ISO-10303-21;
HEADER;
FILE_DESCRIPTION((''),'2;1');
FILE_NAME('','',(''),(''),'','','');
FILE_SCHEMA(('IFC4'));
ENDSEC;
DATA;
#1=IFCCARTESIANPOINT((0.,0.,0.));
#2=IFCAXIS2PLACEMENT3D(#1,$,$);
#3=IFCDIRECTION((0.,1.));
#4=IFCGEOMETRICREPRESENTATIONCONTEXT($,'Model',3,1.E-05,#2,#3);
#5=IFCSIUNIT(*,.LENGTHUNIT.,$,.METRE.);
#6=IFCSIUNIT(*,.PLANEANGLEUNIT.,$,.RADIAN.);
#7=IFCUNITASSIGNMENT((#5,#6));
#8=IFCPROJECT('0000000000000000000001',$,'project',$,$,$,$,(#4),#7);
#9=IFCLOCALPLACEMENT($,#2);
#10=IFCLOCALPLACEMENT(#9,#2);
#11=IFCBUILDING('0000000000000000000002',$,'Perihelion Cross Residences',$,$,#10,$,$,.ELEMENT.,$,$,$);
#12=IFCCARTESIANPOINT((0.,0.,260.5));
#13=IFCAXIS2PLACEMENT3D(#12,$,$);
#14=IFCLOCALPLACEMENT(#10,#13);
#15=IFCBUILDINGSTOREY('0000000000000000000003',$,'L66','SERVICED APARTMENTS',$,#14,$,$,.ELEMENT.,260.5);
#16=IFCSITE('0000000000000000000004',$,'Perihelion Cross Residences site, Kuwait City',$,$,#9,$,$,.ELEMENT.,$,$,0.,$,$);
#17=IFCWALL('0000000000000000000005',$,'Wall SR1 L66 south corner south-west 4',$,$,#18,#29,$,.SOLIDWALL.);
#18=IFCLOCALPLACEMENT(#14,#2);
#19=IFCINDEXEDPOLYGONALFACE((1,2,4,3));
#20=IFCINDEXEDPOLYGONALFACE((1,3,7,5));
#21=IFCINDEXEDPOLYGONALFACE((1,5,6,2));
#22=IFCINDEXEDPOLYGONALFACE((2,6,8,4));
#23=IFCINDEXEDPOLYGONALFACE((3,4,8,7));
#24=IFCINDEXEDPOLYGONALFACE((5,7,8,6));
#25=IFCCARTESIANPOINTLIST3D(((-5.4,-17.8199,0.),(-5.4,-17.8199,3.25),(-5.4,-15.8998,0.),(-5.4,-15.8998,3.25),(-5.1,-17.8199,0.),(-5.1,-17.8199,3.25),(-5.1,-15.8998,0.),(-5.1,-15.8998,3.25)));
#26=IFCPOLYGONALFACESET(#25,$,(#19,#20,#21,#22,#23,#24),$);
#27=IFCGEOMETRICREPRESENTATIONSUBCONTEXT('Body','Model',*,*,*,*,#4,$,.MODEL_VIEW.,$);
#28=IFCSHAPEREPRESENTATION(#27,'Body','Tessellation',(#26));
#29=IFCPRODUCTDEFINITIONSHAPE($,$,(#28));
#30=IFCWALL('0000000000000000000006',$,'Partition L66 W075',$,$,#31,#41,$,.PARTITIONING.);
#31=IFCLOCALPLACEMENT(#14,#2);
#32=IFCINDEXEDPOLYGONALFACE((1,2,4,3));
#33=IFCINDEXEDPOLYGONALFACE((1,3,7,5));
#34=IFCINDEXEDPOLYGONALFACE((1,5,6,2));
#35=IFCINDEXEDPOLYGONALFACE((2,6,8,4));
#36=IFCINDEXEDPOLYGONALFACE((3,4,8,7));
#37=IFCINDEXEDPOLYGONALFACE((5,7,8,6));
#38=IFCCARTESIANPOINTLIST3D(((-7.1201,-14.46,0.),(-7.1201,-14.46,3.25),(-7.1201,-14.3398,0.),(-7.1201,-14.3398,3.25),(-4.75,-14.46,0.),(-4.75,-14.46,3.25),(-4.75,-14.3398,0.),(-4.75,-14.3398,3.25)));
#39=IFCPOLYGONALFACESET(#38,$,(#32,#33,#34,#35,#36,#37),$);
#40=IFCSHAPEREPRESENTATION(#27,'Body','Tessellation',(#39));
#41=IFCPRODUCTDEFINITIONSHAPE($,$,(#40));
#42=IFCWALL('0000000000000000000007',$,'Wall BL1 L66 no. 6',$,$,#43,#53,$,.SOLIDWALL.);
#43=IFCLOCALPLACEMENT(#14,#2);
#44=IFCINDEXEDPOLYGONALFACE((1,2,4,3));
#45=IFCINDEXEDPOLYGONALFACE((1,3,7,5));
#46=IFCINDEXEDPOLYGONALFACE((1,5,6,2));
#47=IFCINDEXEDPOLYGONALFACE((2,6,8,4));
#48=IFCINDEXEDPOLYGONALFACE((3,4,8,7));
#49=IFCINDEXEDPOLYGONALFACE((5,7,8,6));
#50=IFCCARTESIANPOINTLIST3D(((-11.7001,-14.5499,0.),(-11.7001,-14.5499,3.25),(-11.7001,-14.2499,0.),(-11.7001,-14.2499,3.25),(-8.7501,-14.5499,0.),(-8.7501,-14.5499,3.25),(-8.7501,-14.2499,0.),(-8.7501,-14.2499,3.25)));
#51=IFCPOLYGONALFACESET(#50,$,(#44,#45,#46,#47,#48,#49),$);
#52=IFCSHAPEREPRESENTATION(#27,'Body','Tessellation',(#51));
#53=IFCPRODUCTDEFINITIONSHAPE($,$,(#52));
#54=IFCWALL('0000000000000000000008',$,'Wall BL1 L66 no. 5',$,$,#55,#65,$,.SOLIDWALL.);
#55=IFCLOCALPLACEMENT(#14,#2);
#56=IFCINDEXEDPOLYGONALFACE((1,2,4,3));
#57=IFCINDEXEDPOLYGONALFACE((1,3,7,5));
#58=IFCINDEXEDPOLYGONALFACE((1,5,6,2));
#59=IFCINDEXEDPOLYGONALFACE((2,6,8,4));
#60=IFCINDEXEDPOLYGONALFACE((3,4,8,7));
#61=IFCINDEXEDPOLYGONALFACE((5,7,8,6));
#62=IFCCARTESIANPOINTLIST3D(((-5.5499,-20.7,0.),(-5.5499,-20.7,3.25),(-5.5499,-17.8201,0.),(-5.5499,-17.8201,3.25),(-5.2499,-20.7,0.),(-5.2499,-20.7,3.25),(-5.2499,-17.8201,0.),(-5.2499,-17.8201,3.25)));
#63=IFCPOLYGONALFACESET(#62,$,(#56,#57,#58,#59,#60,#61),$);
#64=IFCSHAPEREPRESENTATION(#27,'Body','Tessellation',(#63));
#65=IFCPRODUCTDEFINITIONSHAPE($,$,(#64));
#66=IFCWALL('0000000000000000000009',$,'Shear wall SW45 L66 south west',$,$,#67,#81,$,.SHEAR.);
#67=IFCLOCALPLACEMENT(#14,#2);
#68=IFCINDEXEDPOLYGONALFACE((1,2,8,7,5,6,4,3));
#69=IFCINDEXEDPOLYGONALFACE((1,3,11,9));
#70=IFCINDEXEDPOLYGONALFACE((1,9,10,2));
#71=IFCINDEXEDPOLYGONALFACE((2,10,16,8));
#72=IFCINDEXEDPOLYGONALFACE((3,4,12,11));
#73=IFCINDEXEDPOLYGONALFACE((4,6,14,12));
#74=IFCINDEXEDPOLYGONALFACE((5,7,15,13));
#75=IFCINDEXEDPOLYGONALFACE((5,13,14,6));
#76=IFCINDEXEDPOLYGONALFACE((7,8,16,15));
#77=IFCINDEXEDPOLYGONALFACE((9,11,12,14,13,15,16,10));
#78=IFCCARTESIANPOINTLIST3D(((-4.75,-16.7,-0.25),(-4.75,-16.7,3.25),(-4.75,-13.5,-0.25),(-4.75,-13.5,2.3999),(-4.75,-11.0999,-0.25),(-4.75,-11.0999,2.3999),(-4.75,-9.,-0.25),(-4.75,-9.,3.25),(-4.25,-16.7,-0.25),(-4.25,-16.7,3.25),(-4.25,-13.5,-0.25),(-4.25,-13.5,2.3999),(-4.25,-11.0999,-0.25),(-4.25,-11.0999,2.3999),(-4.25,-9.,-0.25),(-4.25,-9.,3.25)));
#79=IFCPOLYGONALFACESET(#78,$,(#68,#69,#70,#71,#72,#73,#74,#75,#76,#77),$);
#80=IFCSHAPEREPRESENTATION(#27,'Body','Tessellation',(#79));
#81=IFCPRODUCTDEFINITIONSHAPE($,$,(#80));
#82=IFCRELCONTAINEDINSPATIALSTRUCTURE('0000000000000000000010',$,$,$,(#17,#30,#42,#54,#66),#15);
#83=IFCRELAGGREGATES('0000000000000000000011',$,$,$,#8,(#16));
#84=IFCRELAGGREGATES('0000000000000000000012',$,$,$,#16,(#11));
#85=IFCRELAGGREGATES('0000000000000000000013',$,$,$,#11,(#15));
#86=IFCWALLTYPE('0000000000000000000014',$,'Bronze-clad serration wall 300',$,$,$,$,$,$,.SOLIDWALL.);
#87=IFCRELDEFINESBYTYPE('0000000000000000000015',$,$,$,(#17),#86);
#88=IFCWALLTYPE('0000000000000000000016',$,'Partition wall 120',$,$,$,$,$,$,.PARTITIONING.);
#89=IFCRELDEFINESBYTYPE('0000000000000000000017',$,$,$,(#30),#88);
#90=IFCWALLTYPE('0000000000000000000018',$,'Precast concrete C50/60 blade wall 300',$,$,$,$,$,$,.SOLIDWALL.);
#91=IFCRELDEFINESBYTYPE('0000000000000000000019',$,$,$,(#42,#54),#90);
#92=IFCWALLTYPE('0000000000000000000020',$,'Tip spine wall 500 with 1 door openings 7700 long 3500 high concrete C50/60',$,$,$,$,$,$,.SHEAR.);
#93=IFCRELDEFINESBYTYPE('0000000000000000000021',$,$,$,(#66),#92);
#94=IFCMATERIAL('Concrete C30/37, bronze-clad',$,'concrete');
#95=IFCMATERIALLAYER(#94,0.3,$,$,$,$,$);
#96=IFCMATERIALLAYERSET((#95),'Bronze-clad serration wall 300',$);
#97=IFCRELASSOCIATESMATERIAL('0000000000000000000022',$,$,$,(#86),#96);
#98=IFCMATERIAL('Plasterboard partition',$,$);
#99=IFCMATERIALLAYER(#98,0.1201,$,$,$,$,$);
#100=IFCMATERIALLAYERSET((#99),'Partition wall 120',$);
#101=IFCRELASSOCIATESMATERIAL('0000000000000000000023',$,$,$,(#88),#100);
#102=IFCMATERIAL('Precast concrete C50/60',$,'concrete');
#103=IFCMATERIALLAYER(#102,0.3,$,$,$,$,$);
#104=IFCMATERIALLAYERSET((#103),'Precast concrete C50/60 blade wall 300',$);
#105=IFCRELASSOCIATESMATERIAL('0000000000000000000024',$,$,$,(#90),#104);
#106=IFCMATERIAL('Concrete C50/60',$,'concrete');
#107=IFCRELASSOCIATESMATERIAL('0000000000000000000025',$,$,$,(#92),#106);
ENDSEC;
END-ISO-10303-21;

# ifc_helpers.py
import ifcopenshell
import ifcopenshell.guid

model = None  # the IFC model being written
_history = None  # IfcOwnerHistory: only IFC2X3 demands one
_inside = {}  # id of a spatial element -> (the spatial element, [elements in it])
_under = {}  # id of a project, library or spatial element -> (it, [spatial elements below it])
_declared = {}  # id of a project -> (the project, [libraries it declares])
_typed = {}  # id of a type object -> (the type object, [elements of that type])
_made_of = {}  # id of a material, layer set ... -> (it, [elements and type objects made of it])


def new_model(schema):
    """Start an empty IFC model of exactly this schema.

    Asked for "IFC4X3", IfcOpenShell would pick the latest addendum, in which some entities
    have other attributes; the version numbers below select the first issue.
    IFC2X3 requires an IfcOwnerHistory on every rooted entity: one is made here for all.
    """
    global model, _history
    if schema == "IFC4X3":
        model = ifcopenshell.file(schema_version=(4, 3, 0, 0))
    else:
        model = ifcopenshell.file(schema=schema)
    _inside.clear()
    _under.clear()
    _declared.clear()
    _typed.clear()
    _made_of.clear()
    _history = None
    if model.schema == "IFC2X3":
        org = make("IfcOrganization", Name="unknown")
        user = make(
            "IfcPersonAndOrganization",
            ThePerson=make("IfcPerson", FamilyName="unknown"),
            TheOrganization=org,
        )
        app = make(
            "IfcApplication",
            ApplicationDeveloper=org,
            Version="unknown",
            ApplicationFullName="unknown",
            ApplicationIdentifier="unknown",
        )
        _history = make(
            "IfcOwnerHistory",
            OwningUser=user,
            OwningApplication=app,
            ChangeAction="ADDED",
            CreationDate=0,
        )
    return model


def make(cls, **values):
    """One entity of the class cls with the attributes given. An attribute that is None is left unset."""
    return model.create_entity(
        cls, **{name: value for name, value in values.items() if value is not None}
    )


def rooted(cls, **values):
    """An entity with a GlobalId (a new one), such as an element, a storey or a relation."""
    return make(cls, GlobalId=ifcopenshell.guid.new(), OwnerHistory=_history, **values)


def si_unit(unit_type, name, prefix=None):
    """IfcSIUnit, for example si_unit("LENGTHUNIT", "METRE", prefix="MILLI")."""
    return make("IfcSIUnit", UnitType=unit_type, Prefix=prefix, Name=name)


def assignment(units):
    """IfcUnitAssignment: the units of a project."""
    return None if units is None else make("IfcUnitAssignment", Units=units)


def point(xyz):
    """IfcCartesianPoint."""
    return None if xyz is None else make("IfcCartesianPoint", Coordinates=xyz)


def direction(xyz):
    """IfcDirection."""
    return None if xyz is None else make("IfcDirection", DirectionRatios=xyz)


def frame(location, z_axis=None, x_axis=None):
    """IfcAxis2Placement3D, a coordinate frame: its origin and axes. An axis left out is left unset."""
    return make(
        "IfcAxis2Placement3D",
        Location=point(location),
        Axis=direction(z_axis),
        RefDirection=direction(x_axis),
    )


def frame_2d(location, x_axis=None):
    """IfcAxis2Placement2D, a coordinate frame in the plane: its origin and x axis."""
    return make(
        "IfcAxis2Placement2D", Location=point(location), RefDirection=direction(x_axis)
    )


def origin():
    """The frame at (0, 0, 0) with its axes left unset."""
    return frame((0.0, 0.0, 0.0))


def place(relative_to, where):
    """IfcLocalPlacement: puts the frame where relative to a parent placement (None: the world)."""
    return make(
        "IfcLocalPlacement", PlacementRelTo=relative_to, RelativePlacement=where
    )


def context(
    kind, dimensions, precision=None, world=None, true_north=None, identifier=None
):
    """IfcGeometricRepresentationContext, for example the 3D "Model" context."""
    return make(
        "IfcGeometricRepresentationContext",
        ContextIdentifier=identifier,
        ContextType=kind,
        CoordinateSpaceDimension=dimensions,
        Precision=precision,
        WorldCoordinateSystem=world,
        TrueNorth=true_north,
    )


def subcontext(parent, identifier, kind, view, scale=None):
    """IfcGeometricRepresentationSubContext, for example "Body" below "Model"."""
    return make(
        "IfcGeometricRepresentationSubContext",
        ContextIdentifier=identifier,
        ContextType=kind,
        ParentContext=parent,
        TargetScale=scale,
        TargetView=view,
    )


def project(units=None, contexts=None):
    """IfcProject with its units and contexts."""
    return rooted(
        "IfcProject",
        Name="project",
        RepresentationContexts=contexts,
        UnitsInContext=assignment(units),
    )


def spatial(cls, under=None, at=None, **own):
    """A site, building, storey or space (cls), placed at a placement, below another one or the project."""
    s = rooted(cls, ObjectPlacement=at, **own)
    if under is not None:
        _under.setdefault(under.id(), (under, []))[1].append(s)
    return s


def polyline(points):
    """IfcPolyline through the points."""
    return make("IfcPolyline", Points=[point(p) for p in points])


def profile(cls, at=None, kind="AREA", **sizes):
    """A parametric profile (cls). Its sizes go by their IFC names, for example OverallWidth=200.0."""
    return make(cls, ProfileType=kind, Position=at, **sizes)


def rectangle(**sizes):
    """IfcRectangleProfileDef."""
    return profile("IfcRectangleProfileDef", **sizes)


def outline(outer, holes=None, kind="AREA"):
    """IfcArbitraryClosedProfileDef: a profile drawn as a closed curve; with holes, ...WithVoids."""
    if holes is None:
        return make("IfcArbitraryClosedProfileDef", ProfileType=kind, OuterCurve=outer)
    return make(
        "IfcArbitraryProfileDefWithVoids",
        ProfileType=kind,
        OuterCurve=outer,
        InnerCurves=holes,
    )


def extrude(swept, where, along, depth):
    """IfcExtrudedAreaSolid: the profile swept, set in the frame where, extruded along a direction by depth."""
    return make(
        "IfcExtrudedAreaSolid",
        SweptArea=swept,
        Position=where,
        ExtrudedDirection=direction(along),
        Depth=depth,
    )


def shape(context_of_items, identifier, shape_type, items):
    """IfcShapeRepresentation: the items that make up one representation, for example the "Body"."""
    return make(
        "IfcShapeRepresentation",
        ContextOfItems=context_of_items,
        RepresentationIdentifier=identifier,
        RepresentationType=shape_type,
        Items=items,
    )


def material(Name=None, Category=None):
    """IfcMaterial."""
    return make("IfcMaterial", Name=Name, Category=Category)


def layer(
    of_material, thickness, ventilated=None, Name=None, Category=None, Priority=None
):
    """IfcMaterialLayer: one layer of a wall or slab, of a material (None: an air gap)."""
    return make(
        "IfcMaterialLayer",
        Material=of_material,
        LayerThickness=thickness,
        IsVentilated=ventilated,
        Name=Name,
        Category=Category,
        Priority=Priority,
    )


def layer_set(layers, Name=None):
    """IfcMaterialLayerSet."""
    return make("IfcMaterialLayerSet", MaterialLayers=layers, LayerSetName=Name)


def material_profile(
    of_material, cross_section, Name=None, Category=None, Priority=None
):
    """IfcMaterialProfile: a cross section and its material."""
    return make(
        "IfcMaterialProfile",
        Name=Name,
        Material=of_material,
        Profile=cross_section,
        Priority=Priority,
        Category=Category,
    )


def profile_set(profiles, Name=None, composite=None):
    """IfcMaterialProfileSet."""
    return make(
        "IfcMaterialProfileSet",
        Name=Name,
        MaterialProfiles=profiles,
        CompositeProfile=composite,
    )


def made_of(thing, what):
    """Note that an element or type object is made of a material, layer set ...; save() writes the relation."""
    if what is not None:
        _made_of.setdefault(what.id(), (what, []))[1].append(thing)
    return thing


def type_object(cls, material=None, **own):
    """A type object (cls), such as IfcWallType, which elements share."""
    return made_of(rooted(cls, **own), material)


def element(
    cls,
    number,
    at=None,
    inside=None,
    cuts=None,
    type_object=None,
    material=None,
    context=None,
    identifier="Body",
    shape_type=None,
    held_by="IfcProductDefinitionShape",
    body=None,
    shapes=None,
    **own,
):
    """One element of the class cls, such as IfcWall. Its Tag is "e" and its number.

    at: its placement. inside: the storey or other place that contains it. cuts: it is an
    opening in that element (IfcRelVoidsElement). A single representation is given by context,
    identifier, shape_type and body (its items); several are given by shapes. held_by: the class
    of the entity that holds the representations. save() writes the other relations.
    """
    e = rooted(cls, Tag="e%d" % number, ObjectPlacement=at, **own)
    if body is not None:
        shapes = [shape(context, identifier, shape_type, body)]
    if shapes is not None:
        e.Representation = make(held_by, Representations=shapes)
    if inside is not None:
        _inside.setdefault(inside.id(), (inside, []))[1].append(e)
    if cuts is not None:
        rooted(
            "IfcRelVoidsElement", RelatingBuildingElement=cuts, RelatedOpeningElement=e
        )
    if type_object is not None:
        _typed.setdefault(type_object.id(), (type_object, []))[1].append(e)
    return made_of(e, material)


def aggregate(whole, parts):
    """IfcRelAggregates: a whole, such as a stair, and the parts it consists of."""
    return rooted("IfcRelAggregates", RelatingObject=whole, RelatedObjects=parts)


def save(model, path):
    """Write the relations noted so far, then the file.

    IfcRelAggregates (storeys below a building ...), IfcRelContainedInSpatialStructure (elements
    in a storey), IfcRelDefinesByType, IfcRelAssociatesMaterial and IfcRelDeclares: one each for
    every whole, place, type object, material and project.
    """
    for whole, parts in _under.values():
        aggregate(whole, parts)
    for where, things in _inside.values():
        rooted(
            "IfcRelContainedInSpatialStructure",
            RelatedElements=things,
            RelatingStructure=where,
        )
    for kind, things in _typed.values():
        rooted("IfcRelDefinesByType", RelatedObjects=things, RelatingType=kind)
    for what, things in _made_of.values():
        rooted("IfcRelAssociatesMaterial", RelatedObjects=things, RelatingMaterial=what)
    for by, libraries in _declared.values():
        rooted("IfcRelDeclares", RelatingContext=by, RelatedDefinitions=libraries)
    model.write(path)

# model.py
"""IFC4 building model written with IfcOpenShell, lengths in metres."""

from ifc_helpers import new_model, si_unit, direction, frame, frame_2d, origin, place, context, subcontext, project, spatial, polyline, rectangle, outline, extrude, material, layer, layer_set, material_profile, profile_set, type_object, element, save


model = new_model("IFC4")

# Units and contexts
model_context = context("Model", 3, precision=1e-05, world=origin(), true_north=direction((0.0, 1.0)))
body_context = subcontext(model_context, "Body", "Model", "MODEL_VIEW")
ifc_project = project(units=[si_unit("LENGTHUNIT", "METRE"), si_unit("PLANEANGLEUNIT", "RADIAN")], contexts=[model_context])

# Site, building, storey
site_placement = place(None, origin())
site = spatial("IfcSite", under=ifc_project, at=site_placement, Name="Perihelion Cross Residences site, Kuwait City", CompositionType="ELEMENT", RefElevation=0.0)
building_placement = place(site_placement, origin())
building = spatial("IfcBuilding", under=site, at=building_placement, Name="Perihelion Cross Residences", CompositionType="ELEMENT")
storey_placement = place(building_placement, frame((0.0, 0.0, 260.5)))
storey = spatial("IfcBuildingStorey", under=building, at=storey_placement, Name="L66", Description="SERVICED APARTMENTS", CompositionType="ELEMENT", Elevation=260.5)

# Walls
ifc_material_1 = material(Name="Concrete C30/37, bronze-clad", Category="concrete")
ifc_layer_1 = layer(ifc_material_1, 0.3)
ifc_layer_set_1 = layer_set([ifc_layer_1], Name="Bronze-clad serration wall 300")
wall_type_1 = type_object("IfcWallType", Name="Bronze-clad serration wall 300", PredefinedType="SOLIDWALL", material=ifc_layer_set_1)
wall_1_placement = place(storey_placement, frame((-5.25, -15.8999, 0.0), z_axis=(0.0, 0.0, 1.0), x_axis=(0.0, -1.0, 0.0)))
element("IfcWall", 1, at=wall_1_placement, inside=storey, type_object=wall_type_1, Name="Wall SR1 L66 south corner south-west 4", PredefinedType="SOLIDWALL", context=body_context, shape_type="SweptSolid", body=[
    extrude(rectangle(XDim=1.9202, YDim=0.3, at=frame_2d((0.96, 0.0))), origin(), (0.0, 0.0, 1.0), 3.25),
])
ifc_material_2 = material(Name="Plasterboard partition")
ifc_layer_2 = layer(ifc_material_2, 0.1201)
ifc_layer_set_2 = layer_set([ifc_layer_2], Name="Partition wall 120")
wall_type_2 = type_object("IfcWallType", Name="Partition wall 120", PredefinedType="PARTITIONING", material=ifc_layer_set_2)
wall_2_placement = place(storey_placement, frame((-4.75, -14.3999, 0.0), z_axis=(0.0, 0.0, 1.0), x_axis=(-1.0, 0.0, 0.0)))
element("IfcWall", 2, at=wall_2_placement, inside=storey, type_object=wall_type_2, Name="Partition L66 W075", PredefinedType="PARTITIONING", context=body_context, shape_type="SweptSolid", body=[
    extrude(rectangle(XDim=2.3701, YDim=0.1201, at=frame_2d((1.1851, 0.0))), origin(), (0.0, 0.0, 1.0), 3.25),
])
ifc_material_3 = material(Name="Precast concrete C50/60", Category="concrete")
ifc_layer_3 = layer(ifc_material_3, 0.3)
ifc_layer_set_3 = layer_set([ifc_layer_3], Name="Precast concrete C50/60 blade wall 300")
wall_type_3 = type_object("IfcWallType", Name="Precast concrete C50/60 blade wall 300", PredefinedType="SOLIDWALL", material=ifc_layer_set_3)
wall_3_placement = place(storey_placement, frame((-8.75, -14.3999, 0.0), z_axis=(0.0, 0.0, 1.0), x_axis=(-1.0, 0.0, 0.0)))
element("IfcWall", 3, at=wall_3_placement, inside=storey, type_object=wall_type_3, Name="Wall BL1 L66 no. 6", PredefinedType="SOLIDWALL", context=body_context, shape_type="SweptSolid", body=[
    extrude(rectangle(XDim=2.95, YDim=0.3, at=frame_2d((1.4751, 0.0))), origin(), (0.0, 0.0, 1.0), 3.25),
])
wall_4_placement = place(storey_placement, frame((-5.3999, -17.8201, 0.0), z_axis=(0.0, 0.0, 1.0), x_axis=(0.0, -1.0, 0.0)))
element("IfcWall", 4, at=wall_4_placement, inside=storey, type_object=wall_type_3, Name="Wall BL1 L66 no. 5", PredefinedType="SOLIDWALL", context=body_context, shape_type="SweptSolid", body=[
    extrude(rectangle(XDim=2.8799, YDim=0.3, at=frame_2d((1.4399, 0.0))), origin(), (0.0, 0.0, 1.0), 3.25),
])
ifc_material_4 = material(Name="Concrete C50/60", Category="concrete")
ifc_material_profile_1 = material_profile(ifc_material_4, outline(polyline([(0.0, 0.0), (3.2, 0.0), (3.2, 2.6499), (5.6001, 2.6499), (5.6001, 0.0), (7.7, 0.0), (7.7, 3.5), (0.0, 3.5), (0.0, 0.0)])), Name="Tip spine wall")
ifc_profile_set_1 = profile_set([ifc_material_profile_1], Name="Concrete C50/60")
wall_type_4 = type_object("IfcWallType", Name="Tip spine wall 500 with 1 door openings 7700 long 3500 high concrete C50/60", PredefinedType="SHEAR", material=ifc_profile_set_1)
wall_5_placement = place(storey_placement, frame((-4.75, -16.7, -0.25), z_axis=(1.0, 0.0, 0.0), x_axis=(0.0, 1.0, 0.0)))
element("IfcWall", 5, at=wall_5_placement, inside=storey, type_object=wall_type_4, Name="Shear wall SW45 L66 south west", PredefinedType="SHEAR", context=body_context, shape_type="SweptSolid", body=[
    extrude(outline(polyline([(0.0, 0.0), (3.2, 0.0), (3.2, 2.6499), (5.6001, 2.6499), (5.6001, 0.0), (7.7, 0.0), (7.7, 3.5), (0.0, 3.5), (0.0, 0.0)])), origin(), (0.0, 0.0, 1.0), 0.5),
])

save(model, "model.ifc")
